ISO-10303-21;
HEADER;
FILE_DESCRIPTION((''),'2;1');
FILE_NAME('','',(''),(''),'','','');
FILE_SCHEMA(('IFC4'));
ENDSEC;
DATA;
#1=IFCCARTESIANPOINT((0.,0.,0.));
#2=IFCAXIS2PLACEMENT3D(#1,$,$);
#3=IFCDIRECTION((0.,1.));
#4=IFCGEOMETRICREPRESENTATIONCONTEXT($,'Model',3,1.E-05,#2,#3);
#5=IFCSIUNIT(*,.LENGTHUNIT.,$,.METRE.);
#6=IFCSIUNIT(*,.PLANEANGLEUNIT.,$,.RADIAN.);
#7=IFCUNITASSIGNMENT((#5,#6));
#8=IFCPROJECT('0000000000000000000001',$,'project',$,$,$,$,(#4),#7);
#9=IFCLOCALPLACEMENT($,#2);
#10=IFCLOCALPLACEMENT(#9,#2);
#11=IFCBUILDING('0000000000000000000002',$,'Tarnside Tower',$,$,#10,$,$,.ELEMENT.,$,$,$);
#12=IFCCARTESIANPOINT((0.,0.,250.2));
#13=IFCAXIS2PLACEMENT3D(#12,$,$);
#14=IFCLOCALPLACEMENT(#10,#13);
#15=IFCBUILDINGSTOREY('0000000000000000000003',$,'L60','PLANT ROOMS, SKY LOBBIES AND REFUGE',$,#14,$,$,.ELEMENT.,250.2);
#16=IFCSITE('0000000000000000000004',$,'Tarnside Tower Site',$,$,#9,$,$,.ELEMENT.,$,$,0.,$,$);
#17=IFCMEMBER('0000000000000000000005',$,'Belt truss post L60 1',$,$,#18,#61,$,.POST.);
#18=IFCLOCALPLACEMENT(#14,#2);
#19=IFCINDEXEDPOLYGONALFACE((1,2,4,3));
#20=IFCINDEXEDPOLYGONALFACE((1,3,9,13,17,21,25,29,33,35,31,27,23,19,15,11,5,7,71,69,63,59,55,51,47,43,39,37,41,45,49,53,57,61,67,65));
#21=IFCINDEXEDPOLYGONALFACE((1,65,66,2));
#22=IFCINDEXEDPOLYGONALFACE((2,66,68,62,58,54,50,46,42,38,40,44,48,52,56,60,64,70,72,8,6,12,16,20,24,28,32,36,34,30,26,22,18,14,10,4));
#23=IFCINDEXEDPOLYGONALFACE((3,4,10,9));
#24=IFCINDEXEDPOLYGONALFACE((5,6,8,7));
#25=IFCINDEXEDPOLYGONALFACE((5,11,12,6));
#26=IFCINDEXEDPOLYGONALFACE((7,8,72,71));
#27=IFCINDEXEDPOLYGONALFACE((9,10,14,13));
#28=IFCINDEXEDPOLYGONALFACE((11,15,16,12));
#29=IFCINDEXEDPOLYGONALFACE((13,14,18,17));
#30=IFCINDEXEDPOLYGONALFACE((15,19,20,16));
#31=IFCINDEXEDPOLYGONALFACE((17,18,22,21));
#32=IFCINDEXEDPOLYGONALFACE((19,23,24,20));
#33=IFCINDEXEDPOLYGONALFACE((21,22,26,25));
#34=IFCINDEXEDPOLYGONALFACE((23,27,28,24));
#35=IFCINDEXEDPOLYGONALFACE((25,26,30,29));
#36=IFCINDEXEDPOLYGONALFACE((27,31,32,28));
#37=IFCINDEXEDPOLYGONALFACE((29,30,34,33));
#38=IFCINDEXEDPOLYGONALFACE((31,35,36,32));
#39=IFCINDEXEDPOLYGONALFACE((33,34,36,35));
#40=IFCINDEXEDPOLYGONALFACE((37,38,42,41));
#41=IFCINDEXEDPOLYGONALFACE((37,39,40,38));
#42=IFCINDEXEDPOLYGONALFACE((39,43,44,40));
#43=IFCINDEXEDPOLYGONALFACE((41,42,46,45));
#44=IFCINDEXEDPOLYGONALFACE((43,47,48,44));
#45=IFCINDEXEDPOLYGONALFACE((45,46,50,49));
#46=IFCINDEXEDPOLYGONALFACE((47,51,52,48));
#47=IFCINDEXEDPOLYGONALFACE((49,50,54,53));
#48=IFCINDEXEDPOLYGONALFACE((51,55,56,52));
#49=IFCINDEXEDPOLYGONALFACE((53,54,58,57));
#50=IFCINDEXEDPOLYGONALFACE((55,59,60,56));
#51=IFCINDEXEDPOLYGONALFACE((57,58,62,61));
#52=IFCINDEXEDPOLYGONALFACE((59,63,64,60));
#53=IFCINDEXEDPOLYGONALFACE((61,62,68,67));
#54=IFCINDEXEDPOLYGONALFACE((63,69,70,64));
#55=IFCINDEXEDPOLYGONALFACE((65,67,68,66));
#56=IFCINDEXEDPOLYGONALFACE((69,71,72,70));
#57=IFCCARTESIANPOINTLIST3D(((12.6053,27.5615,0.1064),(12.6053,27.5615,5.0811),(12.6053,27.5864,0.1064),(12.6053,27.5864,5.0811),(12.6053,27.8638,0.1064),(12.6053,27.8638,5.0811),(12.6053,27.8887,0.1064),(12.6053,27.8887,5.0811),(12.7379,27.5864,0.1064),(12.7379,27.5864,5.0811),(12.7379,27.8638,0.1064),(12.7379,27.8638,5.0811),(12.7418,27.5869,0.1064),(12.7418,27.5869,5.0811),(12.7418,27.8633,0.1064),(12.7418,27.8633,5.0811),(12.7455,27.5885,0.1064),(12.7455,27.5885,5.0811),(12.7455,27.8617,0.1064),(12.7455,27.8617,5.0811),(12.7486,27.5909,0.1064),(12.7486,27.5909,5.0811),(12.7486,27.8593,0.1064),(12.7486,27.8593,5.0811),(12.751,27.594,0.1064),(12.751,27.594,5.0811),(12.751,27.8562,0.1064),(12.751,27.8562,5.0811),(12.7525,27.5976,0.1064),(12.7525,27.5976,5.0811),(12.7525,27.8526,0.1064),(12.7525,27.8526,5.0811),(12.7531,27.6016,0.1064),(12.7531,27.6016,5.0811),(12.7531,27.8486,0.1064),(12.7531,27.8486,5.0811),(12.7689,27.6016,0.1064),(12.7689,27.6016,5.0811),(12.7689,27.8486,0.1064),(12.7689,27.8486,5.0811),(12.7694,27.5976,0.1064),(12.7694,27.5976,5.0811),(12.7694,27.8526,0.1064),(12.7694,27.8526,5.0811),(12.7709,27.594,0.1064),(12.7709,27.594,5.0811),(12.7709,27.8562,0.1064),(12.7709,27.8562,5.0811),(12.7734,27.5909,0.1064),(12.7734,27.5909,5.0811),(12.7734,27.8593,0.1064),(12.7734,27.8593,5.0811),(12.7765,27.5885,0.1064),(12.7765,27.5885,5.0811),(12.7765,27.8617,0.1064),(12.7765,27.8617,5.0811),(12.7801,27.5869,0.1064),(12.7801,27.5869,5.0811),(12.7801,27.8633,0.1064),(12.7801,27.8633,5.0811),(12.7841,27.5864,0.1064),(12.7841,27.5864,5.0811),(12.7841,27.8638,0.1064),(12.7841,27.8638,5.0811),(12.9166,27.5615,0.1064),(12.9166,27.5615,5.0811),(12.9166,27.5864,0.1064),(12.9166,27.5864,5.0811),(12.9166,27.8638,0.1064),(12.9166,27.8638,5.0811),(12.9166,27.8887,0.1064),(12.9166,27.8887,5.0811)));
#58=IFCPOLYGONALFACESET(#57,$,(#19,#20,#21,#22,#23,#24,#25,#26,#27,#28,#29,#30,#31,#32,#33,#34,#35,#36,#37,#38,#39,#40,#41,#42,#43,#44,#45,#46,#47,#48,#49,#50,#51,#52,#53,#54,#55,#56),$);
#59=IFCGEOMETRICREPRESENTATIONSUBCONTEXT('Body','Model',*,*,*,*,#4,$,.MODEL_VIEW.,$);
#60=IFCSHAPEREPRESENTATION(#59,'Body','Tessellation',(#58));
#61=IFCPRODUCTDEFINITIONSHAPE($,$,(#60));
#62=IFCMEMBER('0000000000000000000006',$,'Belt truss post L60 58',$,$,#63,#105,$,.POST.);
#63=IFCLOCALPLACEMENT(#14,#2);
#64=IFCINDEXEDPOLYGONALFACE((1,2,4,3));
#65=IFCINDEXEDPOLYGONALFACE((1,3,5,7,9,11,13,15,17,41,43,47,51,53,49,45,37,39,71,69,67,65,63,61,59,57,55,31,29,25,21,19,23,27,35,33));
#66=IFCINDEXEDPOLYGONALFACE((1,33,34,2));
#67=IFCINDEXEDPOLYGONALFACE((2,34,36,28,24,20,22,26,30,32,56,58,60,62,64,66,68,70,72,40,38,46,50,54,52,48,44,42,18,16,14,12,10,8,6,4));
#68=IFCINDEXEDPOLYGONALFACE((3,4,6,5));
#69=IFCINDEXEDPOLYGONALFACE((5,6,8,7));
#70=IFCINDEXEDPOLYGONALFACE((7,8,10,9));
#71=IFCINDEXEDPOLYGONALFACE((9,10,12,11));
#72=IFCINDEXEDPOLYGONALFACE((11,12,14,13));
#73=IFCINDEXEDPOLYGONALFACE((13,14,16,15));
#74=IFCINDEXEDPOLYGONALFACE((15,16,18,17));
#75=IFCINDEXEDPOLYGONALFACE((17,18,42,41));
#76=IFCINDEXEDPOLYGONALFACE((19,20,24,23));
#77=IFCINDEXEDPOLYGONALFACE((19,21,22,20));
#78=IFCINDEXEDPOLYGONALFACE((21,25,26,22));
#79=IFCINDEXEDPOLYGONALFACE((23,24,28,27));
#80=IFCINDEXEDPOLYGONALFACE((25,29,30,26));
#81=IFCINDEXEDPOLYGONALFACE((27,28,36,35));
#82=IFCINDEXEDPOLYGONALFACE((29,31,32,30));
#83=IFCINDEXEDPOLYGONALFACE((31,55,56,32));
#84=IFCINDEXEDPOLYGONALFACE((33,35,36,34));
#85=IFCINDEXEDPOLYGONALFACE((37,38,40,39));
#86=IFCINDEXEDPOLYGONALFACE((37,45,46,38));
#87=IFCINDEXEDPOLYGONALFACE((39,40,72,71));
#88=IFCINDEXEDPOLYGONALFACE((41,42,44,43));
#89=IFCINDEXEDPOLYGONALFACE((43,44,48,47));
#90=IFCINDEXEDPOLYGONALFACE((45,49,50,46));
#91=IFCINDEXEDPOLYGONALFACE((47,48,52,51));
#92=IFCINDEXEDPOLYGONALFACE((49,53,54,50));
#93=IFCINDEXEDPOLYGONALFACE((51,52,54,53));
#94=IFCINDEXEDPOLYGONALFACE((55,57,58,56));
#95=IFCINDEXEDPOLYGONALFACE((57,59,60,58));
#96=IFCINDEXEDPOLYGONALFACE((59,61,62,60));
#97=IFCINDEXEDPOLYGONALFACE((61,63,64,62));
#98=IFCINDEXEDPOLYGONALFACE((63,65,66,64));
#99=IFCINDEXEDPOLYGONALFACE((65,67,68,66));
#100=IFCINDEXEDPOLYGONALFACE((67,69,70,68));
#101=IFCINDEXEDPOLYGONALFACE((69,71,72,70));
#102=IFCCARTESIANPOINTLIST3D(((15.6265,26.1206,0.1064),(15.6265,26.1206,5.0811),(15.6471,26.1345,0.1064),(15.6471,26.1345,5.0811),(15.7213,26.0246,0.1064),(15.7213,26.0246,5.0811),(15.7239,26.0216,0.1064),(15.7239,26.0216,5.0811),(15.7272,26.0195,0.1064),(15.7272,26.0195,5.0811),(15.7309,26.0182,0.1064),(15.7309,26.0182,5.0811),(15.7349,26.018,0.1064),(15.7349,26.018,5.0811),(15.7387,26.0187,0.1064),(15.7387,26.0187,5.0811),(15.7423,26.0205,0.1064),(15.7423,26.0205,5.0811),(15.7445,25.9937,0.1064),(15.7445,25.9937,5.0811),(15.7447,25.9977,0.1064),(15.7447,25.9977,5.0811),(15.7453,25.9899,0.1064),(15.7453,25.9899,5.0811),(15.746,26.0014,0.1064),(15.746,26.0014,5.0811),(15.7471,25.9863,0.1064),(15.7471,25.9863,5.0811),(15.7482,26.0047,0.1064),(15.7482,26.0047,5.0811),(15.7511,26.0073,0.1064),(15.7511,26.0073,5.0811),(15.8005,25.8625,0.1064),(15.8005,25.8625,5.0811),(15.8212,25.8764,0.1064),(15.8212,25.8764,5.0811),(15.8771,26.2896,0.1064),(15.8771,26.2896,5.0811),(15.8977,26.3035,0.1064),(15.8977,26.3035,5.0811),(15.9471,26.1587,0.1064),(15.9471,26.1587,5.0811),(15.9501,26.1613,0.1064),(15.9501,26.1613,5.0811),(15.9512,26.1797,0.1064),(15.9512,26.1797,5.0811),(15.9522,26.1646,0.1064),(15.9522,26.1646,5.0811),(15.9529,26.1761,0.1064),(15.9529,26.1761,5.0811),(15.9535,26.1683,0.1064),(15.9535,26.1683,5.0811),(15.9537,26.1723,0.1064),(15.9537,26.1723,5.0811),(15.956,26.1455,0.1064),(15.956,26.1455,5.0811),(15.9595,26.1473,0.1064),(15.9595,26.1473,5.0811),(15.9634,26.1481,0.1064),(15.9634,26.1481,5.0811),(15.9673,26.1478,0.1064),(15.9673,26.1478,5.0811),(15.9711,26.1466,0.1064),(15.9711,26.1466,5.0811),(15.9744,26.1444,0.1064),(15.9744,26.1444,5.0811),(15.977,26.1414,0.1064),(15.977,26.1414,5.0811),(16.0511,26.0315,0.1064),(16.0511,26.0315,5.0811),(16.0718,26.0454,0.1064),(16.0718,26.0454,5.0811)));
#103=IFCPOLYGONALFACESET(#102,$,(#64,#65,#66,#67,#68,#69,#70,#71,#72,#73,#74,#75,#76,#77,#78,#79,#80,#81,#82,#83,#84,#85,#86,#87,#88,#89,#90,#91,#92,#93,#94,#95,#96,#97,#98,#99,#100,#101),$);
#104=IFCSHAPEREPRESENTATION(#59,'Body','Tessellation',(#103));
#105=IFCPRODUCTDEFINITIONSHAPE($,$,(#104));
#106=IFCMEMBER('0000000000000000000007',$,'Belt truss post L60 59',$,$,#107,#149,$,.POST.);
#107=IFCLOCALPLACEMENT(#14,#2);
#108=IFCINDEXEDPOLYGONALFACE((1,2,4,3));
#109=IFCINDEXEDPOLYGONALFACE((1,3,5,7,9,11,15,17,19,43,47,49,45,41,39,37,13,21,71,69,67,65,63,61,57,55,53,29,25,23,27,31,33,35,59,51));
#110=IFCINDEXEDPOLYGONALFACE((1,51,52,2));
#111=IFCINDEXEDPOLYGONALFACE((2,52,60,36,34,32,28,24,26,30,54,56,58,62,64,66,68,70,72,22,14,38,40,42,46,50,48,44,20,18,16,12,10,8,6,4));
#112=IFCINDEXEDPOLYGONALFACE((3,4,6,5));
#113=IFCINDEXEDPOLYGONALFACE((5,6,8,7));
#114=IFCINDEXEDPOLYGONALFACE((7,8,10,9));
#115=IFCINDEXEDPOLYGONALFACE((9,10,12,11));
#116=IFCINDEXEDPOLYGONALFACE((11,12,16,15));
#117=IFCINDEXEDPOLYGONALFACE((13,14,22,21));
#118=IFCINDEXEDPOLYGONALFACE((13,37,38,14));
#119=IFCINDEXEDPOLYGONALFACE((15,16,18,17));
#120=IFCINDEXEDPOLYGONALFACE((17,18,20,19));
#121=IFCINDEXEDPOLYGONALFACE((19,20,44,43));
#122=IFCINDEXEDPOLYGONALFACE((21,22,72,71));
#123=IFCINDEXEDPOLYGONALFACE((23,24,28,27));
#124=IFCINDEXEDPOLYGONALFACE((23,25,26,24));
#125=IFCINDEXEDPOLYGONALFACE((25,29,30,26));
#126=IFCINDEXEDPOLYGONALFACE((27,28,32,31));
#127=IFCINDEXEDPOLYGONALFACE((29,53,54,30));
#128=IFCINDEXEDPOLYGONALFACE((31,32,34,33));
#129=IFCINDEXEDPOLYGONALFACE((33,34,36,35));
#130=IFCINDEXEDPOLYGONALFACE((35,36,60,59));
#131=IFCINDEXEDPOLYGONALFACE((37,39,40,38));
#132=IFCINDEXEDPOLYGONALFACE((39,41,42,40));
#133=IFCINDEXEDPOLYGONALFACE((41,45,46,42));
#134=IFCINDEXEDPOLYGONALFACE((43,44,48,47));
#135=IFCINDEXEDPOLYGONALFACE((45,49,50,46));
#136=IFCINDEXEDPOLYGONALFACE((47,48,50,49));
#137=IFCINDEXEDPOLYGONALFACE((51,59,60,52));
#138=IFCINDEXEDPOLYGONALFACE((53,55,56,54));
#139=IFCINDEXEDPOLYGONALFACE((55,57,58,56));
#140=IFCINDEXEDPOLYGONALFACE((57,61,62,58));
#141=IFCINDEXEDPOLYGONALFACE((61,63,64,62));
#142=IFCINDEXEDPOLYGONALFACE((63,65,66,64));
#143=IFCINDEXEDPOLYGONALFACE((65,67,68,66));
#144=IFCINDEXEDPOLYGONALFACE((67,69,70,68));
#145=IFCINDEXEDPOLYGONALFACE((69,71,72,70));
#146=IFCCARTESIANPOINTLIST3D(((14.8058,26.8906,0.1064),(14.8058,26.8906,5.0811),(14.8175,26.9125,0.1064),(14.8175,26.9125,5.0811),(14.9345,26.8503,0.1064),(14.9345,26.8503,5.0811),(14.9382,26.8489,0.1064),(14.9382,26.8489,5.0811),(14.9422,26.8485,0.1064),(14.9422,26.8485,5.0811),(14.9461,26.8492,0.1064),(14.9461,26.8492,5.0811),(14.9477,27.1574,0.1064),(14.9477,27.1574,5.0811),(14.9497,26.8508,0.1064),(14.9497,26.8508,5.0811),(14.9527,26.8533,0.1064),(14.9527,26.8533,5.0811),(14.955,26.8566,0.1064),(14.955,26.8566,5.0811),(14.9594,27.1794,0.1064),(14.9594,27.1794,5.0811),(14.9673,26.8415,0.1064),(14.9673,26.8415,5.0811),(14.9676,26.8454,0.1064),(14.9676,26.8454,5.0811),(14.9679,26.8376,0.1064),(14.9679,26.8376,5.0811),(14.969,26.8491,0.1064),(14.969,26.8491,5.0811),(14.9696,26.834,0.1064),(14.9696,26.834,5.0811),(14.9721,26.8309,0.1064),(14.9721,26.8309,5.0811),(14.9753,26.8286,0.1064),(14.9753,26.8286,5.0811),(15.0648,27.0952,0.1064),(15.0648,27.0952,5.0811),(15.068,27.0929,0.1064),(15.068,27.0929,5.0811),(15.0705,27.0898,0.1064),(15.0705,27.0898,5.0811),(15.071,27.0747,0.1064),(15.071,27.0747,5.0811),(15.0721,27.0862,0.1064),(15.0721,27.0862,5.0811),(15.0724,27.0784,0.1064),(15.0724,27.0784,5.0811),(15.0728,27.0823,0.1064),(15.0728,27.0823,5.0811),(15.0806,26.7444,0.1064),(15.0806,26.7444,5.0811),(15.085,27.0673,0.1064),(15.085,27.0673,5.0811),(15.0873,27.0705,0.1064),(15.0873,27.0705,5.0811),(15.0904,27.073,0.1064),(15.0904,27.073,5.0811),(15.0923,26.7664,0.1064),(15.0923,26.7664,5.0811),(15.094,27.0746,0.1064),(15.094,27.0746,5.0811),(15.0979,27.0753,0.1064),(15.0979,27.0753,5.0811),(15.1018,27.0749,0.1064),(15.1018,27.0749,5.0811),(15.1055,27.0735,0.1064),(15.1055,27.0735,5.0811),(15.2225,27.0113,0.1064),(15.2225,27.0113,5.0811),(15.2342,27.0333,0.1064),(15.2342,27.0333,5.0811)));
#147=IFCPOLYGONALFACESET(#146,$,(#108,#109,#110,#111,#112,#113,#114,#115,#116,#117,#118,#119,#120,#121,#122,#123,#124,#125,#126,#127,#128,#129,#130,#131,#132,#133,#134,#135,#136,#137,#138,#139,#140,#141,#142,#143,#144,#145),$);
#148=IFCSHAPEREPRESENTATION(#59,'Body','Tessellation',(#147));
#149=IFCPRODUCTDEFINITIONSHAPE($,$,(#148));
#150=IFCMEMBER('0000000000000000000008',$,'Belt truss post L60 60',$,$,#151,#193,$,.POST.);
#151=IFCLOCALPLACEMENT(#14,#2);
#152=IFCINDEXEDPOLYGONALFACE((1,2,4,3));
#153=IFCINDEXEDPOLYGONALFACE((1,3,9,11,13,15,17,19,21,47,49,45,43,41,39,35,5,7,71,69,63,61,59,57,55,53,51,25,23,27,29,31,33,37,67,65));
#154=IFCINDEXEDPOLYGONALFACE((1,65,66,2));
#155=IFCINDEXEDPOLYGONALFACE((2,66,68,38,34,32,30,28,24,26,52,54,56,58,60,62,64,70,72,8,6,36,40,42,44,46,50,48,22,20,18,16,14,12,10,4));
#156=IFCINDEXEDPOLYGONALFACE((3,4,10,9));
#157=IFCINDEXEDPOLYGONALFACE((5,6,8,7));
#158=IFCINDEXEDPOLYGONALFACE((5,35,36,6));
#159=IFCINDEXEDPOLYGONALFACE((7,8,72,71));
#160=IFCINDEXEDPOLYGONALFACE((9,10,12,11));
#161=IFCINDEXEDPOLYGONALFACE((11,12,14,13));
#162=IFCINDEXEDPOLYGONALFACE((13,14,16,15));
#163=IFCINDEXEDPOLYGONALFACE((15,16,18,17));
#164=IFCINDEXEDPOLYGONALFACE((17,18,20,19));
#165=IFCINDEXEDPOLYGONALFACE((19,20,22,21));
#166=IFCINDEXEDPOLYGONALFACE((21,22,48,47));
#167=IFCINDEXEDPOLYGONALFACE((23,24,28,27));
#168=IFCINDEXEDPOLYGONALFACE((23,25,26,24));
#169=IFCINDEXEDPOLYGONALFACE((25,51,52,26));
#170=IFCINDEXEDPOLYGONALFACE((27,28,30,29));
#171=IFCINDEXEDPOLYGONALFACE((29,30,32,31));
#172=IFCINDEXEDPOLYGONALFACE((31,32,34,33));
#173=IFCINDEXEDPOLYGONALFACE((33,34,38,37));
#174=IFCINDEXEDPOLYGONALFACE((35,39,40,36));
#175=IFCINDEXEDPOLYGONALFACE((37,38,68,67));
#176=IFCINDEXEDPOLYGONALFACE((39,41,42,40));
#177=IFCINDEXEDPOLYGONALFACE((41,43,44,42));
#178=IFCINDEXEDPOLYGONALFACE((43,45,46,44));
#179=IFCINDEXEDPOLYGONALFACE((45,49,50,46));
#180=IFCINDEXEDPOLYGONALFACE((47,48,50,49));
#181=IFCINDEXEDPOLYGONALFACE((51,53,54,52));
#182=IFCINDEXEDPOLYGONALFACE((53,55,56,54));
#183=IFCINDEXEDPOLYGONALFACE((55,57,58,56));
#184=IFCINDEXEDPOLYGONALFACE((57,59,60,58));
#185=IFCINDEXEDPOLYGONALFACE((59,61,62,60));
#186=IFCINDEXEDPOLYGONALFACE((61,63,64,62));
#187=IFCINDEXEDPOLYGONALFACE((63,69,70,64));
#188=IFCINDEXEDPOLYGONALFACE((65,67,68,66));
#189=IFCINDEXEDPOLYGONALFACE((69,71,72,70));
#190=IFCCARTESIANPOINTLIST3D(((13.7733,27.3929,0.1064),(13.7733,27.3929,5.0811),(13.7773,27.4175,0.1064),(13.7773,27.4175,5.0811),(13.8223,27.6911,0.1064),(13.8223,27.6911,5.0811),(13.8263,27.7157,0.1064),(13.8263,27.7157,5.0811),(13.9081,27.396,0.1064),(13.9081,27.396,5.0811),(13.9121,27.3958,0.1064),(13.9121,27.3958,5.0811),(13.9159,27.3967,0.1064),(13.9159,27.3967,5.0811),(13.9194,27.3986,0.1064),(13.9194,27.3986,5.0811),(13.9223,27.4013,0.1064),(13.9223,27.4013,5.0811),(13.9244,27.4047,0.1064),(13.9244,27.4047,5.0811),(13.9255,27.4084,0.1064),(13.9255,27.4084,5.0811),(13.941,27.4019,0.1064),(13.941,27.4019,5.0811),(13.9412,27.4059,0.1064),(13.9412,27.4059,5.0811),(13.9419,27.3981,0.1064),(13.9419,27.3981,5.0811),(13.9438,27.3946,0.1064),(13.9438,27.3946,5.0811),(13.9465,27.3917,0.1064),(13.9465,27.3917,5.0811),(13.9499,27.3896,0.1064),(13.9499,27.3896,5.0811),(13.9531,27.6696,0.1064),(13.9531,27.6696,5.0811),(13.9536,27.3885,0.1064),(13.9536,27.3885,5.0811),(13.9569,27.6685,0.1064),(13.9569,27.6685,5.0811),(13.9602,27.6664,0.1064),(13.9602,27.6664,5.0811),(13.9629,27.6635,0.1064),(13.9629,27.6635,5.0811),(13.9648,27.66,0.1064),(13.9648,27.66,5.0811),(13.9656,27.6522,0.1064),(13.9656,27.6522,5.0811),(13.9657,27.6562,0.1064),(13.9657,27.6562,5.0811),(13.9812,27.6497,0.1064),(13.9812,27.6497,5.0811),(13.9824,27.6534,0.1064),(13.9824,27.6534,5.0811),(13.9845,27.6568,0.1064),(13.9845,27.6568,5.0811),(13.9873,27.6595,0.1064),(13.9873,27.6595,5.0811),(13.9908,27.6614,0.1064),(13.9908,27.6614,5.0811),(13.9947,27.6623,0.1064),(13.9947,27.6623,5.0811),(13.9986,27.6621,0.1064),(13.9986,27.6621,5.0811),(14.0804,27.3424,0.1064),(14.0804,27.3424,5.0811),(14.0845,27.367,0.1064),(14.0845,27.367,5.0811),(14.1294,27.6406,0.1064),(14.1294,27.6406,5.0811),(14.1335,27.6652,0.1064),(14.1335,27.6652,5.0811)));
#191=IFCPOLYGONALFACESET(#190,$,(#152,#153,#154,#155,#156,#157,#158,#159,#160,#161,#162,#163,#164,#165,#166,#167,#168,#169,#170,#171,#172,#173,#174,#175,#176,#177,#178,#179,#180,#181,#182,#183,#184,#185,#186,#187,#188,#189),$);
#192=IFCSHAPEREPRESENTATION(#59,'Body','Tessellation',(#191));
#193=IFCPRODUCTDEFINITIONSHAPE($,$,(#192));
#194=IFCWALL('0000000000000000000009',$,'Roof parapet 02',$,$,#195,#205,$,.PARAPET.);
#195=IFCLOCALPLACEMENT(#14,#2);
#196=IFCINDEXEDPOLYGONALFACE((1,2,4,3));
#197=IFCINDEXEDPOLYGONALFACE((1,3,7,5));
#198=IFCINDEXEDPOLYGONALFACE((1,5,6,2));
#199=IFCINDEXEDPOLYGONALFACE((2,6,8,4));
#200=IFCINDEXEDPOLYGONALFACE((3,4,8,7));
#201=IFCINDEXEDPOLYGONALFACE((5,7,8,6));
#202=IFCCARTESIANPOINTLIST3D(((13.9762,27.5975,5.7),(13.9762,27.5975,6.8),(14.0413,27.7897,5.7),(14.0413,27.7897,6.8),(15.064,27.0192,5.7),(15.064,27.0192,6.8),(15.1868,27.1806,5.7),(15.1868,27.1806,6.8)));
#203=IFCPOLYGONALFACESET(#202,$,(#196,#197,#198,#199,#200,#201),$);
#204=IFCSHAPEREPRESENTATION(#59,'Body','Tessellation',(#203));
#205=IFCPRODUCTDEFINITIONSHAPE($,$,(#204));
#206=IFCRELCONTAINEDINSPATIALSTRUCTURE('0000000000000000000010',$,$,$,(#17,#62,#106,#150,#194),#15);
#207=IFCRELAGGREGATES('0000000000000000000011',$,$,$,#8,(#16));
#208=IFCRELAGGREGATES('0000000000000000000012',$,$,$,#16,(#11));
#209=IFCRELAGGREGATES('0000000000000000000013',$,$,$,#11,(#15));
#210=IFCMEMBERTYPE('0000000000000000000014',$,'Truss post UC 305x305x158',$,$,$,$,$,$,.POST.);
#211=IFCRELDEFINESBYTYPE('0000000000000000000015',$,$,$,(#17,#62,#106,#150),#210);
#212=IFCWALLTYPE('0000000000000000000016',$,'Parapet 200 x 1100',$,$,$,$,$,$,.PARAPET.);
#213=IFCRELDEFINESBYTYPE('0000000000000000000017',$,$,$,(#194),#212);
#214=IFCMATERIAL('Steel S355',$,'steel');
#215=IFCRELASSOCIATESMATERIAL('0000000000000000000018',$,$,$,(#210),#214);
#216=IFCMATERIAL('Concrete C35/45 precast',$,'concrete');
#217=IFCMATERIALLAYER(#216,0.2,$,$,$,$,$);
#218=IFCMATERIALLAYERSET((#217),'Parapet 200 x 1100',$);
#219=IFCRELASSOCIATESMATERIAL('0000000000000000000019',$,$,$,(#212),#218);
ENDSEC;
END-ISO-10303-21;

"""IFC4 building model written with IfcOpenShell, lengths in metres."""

from ifc_helpers import new_model, si_unit, direction, frame, origin, origin_2d, place, context, subcontext, project, spatial, polyline, i_section, outline, extrude, material, layer, layer_set, material_profile, profile_set, type_object, element, save


model = new_model("IFC4")

# Units and contexts
model_context = context("Model", 3, precision=1e-05, world=origin(), true_north=direction((0.0, 1.0)))
body_context = subcontext(model_context, "Body", "Model", "MODEL_VIEW")
ifc_project = project(units=[si_unit("LENGTHUNIT", "METRE"), si_unit("PLANEANGLEUNIT", "RADIAN")], contexts=[model_context])

# Site, building, storey
site_placement = place(None, origin())
site = spatial("IfcSite", under=ifc_project, at=site_placement, Name="Tarnside Tower Site", CompositionType="ELEMENT", RefElevation=0.0)
building_placement = place(site_placement, origin())
building = spatial("IfcBuilding", under=site, at=building_placement, Name="Tarnside Tower", CompositionType="ELEMENT")
storey_placement = place(building_placement, frame((0.0, 0.0, 250.2)))
storey = spatial("IfcBuildingStorey", under=building, at=storey_placement, Name="L60", Description="PLANT ROOMS, SKY LOBBIES AND REFUGE", CompositionType="ELEMENT", Elevation=250.2)

# Shared definitions
ifc_material_1 = material(Name="Steel S355", Category="steel")

# Members
ifc_material_profile_1 = material_profile(ifc_material_1, i_section(OverallWidth=0.3113, OverallDepth=0.3271, WebThickness=0.0159, FlangeThickness=0.0249, FilletRadius=0.0151, at=origin_2d()), Name="UC 305x305x158")
ifc_profile_set_1 = profile_set([ifc_material_profile_1], Name="Steel S355")
member_type_1 = type_object("IfcMemberType", Name="Truss post UC 305x305x158", PredefinedType="POST", material=ifc_profile_set_1)
for number, where, z_axis, x_axis, name in (
    (1, (12.761, 27.7251, 0.1064), (0.0, 0.0, 1.0), (-1.0, 0.0, 0.0), "Belt truss post L60 1"),
    (2, (15.8491, 26.083, 0.1064), (0.0, 0.0, 1.0), (-0.559193, 0.829038, 0.0), "Belt truss post L60 58"),
    (3, (15.02, 26.9619, 0.1064), (0.0, 0.0, 1.0), (-0.882948, 0.469472, 0.0), "Belt truss post L60 59"),
    (4, (13.9534, 27.5291, 0.1064), (0.0, 0.0, 1.0), (-0.986762, 0.162178, 0.0), "Belt truss post L60 60"),
):
    element("IfcMember", number, at=place(storey_placement, frame(where, z_axis=z_axis, x_axis=x_axis)), inside=storey, type_object=member_type_1, Name=name, PredefinedType="POST", context=body_context, shape_type="SweptSolid", body=[
        extrude(i_section(OverallWidth=0.3113, OverallDepth=0.3271, WebThickness=0.0159, FlangeThickness=0.0249, FilletRadius=0.0151, at=origin_2d()), origin(), (0.0, 0.0, 1.0), 4.9746),
    ])

# Wall
ifc_material_2 = material(Name="Concrete C35/45 precast", Category="concrete")
ifc_layer_1 = layer(ifc_material_2, 0.2)
ifc_layer_set_1 = layer_set([ifc_layer_1], Name="Parapet 200 x 1100")
wall_type = type_object("IfcWallType", Name="Parapet 200 x 1100", PredefinedType="PARAPET", material=ifc_layer_set_1)
wall_1_placement = place(storey_placement, frame((14.0088, 27.6936, 5.7), z_axis=(0.0, 0.0, 1.0), x_axis=(0.882951, -0.469466, 0.0)))
element("IfcWall", 5, at=wall_1_placement, inside=storey, type_object=wall_type, Name="Roof parapet 02", PredefinedType="PARAPET", context=body_context, shape_type="SweptSolid", body=[
    extrude(outline(polyline([(0.0164, -0.1001), (1.2483, -0.1001), (1.281, 0.1001), (-0.0164, 0.1001), (0.0164, -0.1001)])), origin(), (0.0, 0.0, 1.0), 1.1001),
])

save(model, "model.ifc")
